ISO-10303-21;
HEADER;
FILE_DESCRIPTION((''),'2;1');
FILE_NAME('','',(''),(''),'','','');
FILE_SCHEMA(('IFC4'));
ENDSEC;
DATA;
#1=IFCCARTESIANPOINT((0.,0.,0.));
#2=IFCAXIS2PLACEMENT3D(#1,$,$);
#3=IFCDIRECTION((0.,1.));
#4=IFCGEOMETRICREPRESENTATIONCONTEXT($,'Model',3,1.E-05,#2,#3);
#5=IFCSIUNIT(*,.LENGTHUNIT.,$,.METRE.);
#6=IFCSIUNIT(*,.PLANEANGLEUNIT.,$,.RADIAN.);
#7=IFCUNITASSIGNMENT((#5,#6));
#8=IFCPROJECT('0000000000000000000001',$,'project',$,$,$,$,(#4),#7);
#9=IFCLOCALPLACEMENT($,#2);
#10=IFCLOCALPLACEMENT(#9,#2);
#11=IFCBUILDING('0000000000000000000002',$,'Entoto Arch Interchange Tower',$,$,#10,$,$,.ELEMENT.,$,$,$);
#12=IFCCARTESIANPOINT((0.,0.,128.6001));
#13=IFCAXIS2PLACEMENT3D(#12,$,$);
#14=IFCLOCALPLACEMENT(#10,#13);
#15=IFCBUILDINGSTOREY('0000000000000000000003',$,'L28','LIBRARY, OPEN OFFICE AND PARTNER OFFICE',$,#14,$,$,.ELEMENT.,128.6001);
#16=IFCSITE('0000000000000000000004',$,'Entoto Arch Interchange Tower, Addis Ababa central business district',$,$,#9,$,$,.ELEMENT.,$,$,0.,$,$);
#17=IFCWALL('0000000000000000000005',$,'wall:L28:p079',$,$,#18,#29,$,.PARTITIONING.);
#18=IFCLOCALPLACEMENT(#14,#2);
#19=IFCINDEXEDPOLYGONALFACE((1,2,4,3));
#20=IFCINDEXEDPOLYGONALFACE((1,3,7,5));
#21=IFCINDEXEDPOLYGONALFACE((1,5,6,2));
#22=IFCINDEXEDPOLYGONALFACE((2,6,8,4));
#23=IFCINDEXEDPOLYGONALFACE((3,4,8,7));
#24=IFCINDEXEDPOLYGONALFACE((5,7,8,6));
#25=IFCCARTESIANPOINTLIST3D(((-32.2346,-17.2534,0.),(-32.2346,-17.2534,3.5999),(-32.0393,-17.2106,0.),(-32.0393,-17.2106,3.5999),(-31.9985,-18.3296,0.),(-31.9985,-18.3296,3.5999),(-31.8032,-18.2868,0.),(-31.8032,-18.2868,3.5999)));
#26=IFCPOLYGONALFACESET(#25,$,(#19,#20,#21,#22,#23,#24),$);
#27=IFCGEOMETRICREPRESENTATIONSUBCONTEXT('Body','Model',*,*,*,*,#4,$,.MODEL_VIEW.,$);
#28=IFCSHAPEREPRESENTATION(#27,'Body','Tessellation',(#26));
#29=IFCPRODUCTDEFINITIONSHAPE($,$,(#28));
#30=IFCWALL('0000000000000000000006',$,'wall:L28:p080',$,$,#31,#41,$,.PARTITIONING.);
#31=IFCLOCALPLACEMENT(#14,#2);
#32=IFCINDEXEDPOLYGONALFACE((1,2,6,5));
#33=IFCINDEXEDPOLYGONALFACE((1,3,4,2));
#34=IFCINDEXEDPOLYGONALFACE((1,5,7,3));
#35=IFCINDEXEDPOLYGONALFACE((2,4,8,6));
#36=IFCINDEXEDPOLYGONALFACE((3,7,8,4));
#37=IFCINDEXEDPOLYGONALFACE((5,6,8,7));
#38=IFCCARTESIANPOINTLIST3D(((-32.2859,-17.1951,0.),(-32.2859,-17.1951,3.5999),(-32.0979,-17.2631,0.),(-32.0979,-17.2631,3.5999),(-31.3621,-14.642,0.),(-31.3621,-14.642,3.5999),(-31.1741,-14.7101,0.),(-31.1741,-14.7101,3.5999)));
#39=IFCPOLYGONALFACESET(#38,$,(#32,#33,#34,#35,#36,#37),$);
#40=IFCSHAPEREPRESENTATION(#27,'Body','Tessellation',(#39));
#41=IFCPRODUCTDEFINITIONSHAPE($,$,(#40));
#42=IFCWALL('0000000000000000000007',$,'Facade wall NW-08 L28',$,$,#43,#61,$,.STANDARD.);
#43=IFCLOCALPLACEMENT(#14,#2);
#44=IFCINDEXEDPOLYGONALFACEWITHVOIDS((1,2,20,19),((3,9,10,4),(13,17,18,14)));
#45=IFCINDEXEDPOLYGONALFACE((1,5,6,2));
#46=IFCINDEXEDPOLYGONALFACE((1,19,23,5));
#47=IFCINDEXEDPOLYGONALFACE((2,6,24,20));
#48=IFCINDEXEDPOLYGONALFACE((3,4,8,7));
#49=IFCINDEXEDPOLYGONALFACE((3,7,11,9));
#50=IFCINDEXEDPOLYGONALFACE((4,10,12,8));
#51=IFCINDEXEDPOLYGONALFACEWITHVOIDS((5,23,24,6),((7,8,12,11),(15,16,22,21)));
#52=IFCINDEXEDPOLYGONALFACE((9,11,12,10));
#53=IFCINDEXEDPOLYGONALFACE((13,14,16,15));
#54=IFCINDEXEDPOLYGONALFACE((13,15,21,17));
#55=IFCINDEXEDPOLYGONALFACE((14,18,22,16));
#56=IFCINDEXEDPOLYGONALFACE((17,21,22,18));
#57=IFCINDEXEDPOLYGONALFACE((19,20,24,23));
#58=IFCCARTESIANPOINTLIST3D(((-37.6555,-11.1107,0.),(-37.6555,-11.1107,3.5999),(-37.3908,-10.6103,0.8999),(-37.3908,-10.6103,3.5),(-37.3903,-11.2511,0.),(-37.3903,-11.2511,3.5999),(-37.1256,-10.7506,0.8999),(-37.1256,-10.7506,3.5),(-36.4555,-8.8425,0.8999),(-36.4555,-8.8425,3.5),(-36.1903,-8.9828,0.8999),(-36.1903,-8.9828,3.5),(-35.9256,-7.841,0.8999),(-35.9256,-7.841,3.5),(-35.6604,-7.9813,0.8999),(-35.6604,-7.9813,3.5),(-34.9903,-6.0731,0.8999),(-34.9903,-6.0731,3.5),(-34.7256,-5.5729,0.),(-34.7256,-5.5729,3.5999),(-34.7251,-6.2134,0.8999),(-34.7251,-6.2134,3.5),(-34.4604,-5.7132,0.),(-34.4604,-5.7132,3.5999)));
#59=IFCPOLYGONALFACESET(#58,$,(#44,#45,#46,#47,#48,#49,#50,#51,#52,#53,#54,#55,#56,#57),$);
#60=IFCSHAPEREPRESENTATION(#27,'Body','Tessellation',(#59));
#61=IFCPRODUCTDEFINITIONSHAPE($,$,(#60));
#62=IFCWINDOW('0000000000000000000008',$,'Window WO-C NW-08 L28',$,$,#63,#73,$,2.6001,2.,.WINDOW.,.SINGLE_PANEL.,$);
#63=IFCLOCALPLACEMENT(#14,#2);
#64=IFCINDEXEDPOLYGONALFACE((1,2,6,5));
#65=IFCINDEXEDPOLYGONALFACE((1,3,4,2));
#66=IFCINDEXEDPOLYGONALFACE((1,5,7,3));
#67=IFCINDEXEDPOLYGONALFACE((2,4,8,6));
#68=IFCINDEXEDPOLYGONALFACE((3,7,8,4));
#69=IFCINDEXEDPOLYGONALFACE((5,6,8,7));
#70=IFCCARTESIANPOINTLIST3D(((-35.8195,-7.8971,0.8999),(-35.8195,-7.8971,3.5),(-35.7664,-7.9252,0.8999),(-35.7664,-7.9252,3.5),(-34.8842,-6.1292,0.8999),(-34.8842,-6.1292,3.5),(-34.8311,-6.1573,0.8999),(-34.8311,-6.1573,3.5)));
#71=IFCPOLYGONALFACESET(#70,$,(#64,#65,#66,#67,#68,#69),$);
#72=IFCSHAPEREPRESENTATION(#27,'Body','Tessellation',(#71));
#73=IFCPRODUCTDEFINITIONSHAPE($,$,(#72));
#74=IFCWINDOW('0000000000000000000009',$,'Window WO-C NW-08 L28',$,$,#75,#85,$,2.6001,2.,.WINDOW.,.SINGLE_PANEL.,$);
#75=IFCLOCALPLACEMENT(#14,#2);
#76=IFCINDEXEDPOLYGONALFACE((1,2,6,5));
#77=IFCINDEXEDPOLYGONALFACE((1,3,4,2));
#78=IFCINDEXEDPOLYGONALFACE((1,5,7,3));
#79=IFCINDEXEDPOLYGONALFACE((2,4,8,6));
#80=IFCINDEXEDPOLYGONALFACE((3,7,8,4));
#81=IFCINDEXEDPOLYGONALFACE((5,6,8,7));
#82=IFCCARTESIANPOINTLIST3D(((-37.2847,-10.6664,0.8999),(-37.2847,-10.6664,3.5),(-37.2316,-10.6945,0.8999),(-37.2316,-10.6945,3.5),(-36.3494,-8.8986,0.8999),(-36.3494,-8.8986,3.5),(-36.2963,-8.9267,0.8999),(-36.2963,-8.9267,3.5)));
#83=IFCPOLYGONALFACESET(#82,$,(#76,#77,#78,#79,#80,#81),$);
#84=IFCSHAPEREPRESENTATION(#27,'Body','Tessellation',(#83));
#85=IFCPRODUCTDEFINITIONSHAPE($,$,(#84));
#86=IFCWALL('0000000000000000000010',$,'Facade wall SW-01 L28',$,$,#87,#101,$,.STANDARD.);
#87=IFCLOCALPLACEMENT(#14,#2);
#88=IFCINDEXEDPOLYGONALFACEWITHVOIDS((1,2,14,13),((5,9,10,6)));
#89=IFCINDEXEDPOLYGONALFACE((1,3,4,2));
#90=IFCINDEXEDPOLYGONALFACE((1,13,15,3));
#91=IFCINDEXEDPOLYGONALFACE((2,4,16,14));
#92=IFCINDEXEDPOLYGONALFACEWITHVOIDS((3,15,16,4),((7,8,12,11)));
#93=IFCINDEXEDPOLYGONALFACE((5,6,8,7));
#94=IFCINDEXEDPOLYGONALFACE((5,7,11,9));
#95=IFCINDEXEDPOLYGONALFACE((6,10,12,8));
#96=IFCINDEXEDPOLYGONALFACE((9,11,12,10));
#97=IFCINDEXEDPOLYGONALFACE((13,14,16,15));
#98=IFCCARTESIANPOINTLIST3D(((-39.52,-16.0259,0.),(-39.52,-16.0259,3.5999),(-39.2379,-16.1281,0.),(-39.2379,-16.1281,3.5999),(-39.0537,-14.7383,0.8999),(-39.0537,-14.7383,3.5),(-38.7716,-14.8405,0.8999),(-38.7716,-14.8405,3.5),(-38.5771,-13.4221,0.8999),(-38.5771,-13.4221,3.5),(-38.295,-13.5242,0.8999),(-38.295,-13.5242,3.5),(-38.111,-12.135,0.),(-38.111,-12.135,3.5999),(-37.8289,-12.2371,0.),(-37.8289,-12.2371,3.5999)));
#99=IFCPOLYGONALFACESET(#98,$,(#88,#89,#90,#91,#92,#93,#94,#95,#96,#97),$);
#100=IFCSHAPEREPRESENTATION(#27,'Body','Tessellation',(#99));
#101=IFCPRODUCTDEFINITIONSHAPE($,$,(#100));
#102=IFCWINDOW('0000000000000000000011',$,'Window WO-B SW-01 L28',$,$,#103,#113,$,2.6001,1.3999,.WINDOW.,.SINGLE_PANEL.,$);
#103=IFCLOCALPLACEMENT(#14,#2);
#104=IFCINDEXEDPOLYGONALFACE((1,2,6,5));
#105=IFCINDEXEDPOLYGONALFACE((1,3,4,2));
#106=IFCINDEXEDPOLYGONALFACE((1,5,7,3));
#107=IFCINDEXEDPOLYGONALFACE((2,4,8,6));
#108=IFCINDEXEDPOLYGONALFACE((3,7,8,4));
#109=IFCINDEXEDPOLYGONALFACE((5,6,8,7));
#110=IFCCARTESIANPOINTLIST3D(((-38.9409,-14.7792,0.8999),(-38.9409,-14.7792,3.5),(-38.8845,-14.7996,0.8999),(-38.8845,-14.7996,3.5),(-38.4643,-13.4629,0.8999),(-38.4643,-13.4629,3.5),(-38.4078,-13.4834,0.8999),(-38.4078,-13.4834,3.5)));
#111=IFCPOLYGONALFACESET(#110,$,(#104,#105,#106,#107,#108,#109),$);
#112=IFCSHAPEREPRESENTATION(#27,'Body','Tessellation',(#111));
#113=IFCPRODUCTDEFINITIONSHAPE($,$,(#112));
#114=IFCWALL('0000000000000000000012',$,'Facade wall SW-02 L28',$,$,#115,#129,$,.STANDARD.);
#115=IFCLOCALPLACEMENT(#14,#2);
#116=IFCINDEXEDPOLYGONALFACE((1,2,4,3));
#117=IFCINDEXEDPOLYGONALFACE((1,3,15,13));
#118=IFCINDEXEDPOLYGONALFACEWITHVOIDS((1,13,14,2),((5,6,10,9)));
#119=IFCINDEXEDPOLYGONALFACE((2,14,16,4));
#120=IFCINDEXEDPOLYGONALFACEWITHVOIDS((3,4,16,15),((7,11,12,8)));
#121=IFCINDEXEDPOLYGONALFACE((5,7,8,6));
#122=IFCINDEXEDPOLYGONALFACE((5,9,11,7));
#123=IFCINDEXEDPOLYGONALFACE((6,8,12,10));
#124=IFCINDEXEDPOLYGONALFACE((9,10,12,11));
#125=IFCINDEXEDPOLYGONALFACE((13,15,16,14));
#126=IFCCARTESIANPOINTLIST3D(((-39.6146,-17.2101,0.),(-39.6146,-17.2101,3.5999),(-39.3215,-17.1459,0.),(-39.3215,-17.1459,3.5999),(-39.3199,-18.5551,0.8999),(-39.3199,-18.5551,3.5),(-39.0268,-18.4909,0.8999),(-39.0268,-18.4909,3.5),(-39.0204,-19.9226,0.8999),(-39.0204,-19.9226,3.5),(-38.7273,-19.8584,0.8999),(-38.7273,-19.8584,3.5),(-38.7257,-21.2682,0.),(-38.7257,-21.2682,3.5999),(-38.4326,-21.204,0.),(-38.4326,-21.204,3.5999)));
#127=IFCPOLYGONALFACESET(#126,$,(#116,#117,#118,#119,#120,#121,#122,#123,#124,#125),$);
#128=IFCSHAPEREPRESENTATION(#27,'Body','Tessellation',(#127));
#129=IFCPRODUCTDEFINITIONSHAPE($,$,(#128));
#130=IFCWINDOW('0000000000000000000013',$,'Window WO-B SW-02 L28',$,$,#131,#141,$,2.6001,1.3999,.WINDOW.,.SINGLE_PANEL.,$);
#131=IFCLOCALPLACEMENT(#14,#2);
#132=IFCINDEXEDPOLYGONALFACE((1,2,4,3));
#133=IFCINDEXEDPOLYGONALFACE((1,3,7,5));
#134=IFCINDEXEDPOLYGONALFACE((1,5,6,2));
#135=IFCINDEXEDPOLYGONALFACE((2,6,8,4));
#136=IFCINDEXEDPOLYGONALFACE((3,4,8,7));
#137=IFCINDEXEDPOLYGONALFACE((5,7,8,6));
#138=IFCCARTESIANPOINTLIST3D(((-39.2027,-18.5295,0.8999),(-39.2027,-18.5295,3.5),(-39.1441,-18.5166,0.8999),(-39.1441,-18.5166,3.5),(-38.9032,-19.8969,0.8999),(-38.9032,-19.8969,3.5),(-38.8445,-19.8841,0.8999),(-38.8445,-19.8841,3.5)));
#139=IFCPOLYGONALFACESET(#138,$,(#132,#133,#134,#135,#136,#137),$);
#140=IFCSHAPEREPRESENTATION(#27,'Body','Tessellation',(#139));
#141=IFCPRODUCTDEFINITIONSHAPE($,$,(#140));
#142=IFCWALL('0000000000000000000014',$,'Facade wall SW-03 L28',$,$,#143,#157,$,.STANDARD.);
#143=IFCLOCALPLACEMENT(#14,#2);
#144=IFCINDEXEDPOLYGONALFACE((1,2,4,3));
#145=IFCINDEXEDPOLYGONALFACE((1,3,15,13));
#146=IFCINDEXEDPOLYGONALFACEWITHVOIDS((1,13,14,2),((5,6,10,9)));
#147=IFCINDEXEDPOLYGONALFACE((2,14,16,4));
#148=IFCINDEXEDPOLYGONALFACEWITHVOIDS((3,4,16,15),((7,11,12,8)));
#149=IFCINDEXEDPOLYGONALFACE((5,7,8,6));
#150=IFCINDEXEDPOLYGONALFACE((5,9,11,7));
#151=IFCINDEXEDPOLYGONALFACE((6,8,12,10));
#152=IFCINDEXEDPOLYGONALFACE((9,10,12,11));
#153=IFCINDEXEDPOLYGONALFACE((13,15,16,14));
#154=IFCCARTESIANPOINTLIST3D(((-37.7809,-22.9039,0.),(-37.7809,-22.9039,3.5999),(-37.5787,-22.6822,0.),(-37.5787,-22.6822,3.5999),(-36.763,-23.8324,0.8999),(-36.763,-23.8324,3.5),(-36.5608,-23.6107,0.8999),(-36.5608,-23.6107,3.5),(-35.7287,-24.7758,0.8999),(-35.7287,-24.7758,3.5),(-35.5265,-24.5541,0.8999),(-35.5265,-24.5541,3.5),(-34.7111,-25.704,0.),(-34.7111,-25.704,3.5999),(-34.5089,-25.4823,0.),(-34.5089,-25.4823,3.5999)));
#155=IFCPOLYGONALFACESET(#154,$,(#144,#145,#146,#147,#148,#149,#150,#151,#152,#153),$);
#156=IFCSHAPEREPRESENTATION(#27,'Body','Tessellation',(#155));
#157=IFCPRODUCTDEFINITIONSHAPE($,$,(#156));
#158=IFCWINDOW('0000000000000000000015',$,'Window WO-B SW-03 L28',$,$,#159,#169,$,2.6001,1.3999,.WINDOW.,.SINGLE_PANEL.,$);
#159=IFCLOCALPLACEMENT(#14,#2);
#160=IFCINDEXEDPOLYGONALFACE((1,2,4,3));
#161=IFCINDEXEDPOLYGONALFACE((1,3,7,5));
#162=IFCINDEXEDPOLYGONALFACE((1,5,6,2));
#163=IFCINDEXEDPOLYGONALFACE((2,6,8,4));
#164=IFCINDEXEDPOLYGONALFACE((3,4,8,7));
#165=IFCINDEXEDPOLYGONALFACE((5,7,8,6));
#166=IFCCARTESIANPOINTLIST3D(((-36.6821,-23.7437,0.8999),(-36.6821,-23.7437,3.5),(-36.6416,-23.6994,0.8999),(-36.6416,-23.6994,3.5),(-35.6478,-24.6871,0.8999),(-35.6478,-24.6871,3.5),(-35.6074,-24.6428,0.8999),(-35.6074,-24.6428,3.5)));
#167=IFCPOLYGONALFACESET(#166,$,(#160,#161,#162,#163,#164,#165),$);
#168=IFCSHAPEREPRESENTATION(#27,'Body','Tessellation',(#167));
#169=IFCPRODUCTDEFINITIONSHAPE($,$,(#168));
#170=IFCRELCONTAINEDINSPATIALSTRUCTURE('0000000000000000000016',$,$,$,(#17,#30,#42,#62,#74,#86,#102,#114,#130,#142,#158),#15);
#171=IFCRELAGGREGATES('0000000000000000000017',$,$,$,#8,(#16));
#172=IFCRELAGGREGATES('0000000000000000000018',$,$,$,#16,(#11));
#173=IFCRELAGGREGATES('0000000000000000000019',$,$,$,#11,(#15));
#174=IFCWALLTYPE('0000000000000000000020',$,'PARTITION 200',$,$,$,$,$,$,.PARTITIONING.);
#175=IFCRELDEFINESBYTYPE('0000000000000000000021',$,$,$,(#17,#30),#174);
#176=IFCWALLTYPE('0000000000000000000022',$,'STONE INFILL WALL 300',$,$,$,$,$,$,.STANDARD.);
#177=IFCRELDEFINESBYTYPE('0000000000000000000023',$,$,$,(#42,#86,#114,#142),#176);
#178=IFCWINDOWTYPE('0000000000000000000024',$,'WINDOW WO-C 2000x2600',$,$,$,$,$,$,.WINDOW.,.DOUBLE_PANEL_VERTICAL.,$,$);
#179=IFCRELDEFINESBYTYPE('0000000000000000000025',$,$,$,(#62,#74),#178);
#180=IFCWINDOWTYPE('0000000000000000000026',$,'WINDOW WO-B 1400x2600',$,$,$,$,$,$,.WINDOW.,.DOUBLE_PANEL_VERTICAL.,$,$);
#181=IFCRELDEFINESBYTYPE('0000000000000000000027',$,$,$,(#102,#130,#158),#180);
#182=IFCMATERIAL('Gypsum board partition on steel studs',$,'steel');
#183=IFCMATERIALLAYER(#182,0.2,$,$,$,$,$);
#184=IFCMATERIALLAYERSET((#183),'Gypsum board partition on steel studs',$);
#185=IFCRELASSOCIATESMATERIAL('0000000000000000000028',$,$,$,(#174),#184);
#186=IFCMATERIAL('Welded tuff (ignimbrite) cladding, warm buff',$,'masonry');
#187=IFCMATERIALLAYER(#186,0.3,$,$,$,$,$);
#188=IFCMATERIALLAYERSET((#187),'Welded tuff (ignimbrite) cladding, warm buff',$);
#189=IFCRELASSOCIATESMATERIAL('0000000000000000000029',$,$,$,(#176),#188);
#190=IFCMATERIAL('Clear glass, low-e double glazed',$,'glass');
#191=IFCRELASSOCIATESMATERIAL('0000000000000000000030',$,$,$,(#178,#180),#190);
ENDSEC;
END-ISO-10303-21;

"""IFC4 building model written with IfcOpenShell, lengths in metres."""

from ifc_helpers import new_model, si_unit, direction, frame, frame_2d, origin, place, context, subcontext, project, spatial, rectangle, extrude, material, layer, layer_set, type_object, element, fill, save


model = new_model("IFC4")

# Units and contexts
model_context = context("Model", 3, precision=1e-05, world=origin(), true_north=direction((0.0, 1.0)))
body_context = subcontext(model_context, "Body", "Model", "MODEL_VIEW")
ifc_project = project(units=[si_unit("LENGTHUNIT", "METRE"), si_unit("PLANEANGLEUNIT", "RADIAN")], contexts=[model_context])

# Site, building, storey
site_placement = place(None, origin())
site = spatial("IfcSite", under=ifc_project, at=site_placement, Name="Entoto Arch Interchange Tower, Addis Ababa central business district", CompositionType="ELEMENT", RefElevation=0.0)
building_placement = place(site_placement, origin())
building = spatial("IfcBuilding", under=site, at=building_placement, Name="Entoto Arch Interchange Tower", CompositionType="ELEMENT")
storey_placement = place(building_placement, frame((0.0, 0.0, 128.6001)))
storey = spatial("IfcBuildingStorey", under=building, at=storey_placement, Name="L28", Description="LIBRARY, OPEN OFFICE AND PARTNER OFFICE", CompositionType="ELEMENT", Elevation=128.6001)

# Shared definitions
ifc_material_1 = material(Name="Gypsum board partition on steel studs", Category="steel")
ifc_layer_1 = layer(ifc_material_1, 0.2)
ifc_layer_set_1 = layer_set([ifc_layer_1], Name="Gypsum board partition on steel studs")
wall_type_1 = type_object("IfcWallType", Name="PARTITION 200", PredefinedType="PARTITIONING", material=ifc_layer_set_1)

# Walls
wall_1_placement = place(storey_placement, frame((-31.9009, -18.3081, 0.0), z_axis=(0.0, 0.0, 1.0), x_axis=(-0.214278, 0.976773, 0.0)))
element("IfcWall", 1, at=wall_1_placement, inside=storey, type_object=wall_type_1, Name="wall:L28:p079", PredefinedType="PARTITIONING", context=body_context, shape_type="SweptSolid", body=[
    extrude(rectangle(XDim=1.1018, YDim=0.2, at=frame_2d((0.5508, 0.0))), origin(), (0.0, 0.0, 1.0), 3.5999),
])
wall_2_placement = place(storey_placement, frame((-32.1919, -17.229, 0.0), z_axis=(0.0, 0.0, 1.0), x_axis=(0.34027, 0.940328, 0.0)))
element("IfcWall", 2, at=wall_2_placement, inside=storey, type_object=wall_type_1, Name="wall:L28:p080", PredefinedType="PARTITIONING", context=body_context, shape_type="SweptSolid", body=[
    extrude(rectangle(XDim=2.7151, YDim=0.2, at=frame_2d((1.3574, 0.0))), origin(), (0.0, 0.0, 1.0), 3.5999),
])

# Wall, openings, windows
ifc_material_2 = material(Name="Welded tuff (ignimbrite) cladding, warm buff", Category="masonry")
ifc_layer_2 = layer(ifc_material_2, 0.3)
ifc_layer_set_2 = layer_set([ifc_layer_2], Name="Welded tuff (ignimbrite) cladding, warm buff")
wall_type_2 = type_object("IfcWallType", Name="STONE INFILL WALL 300", PredefinedType="STANDARD", material=ifc_layer_set_2)
wall_3_placement = place(storey_placement, frame((-34.593, -5.6431, 0.0), z_axis=(0.0, 0.0, 1.0), x_axis=(-0.467655, -0.883911, 0.0)))
wall_3 = element("IfcWall", 3, at=wall_3_placement, inside=storey, type_object=wall_type_2, Name="Facade wall NW-08 L28", PredefinedType="STANDARD", context=body_context, shape_type="SweptSolid", body=[
    extrude(rectangle(XDim=6.2651, YDim=0.3, at=frame_2d((3.1326, 0.0))), origin(), (0.0, 0.0, 1.0), 3.5999),
])
opening_1_placement = place(wall_3_placement, frame((0.5659, 0.0, 0.8999)))
opening_1 = element("IfcOpeningElement", 4, at=opening_1_placement, cuts=wall_3, PredefinedType="OPENING", context=body_context, shape_type="SweptSolid", body=[
    extrude(rectangle(XDim=2.0, YDim=2.6001, at=frame_2d((1.0, 1.3))), frame((0.0, 0.1602, 0.0), z_axis=(0.0, -1.0, 0.0), x_axis=(1.0, 0.0, 0.0)), (0.0, 0.0, 1.0), 0.3201),
])
opening_2_placement = place(wall_3_placement, frame((3.699, 0.0, 0.8999)))
opening_2 = element("IfcOpeningElement", 5, at=opening_2_placement, cuts=wall_3, PredefinedType="OPENING", context=body_context, shape_type="SweptSolid", body=[
    extrude(rectangle(XDim=2.0, YDim=2.6001, at=frame_2d((1.0, 1.3))), frame((0.0, 0.1602, 0.0), z_axis=(0.0, -1.0, 0.0), x_axis=(1.0, 0.0, 0.0)), (0.0, 0.0, 1.0), 0.3201),
])
ifc_material_3 = material(Name="Clear glass, low-e double glazed", Category="glass")
window_type_1 = type_object("IfcWindowType", Name="WINDOW WO-C 2000x2600", PartitioningType="DOUBLE_PANEL_VERTICAL", PredefinedType="WINDOW", material=ifc_material_3)
window_1_placement = place(opening_1_placement, origin())
window_1 = element("IfcWindow", 6, at=window_1_placement, inside=storey, type_object=window_type_1, Name="Window WO-C NW-08 L28", OverallHeight=2.6001, OverallWidth=2.0, PartitioningType="SINGLE_PANEL", PredefinedType="WINDOW", context=body_context, shape_type="SweptSolid", body=[
    extrude(rectangle(XDim=2.0, YDim=2.6001, at=frame_2d((1.0, 1.3))), frame((0.0, 0.03, 0.0), z_axis=(0.0, -1.0, 0.0), x_axis=(1.0, 0.0, 0.0)), (0.0, 0.0, 1.0), 0.0601),
])
fill(opening_1, window_1)
window_2_placement = place(opening_2_placement, origin())
window_2 = element("IfcWindow", 7, at=window_2_placement, inside=storey, type_object=window_type_1, Name="Window WO-C NW-08 L28", OverallHeight=2.6001, OverallWidth=2.0, PartitioningType="SINGLE_PANEL", PredefinedType="WINDOW", context=body_context, shape_type="SweptSolid", body=[
    extrude(rectangle(XDim=2.0, YDim=2.6001, at=frame_2d((1.0, 1.3))), frame((0.0, 0.03, 0.0), z_axis=(0.0, -1.0, 0.0), x_axis=(1.0, 0.0, 0.0)), (0.0, 0.0, 1.0), 0.0601),
])
fill(opening_2, window_2)

# Walls, openings, windows
wall_4_placement = place(storey_placement, frame((-37.97, -12.186, 0.0), z_axis=(0.0, 0.0, 1.0), x_axis=(-0.340478, -0.940252, 0.0)))
wall_4 = element("IfcWall", 8, at=wall_4_placement, inside=storey, type_object=wall_type_2, Name="Facade wall SW-01 L28", PredefinedType="STANDARD", context=body_context, shape_type="SweptSolid", body=[
    extrude(rectangle(XDim=4.1382, YDim=0.3, at=frame_2d((2.0691, 0.0))), origin(), (0.0, 0.0, 1.0), 3.5999),
])
opening_3_placement = place(wall_4_placement, frame((1.3689, 0.0, 0.8999)))
opening_3 = element("IfcOpeningElement", 9, at=opening_3_placement, cuts=wall_4, PredefinedType="OPENING", context=body_context, shape_type="SweptSolid", body=[
    extrude(rectangle(XDim=1.3999, YDim=2.6001, at=frame_2d((0.7, 1.3))), frame((0.0, 0.1602, 0.0), z_axis=(0.0, -1.0, 0.0), x_axis=(1.0, 0.0, 0.0)), (0.0, 0.0, 1.0), 0.3201),
])
window_type_2 = type_object("IfcWindowType", Name="WINDOW WO-B 1400x2600", PartitioningType="DOUBLE_PANEL_VERTICAL", PredefinedType="WINDOW", material=ifc_material_3)
window_3_placement = place(opening_3_placement, origin())
window_3 = element("IfcWindow", 10, at=window_3_placement, inside=storey, type_object=window_type_2, Name="Window WO-B SW-01 L28", OverallHeight=2.6001, OverallWidth=1.3999, PartitioningType="SINGLE_PANEL", PredefinedType="WINDOW", context=body_context, shape_type="SweptSolid", body=[
    extrude(rectangle(XDim=1.3999, YDim=2.6001, at=frame_2d((0.7, 1.3))), frame((0.0, 0.03, 0.0), z_axis=(0.0, -1.0, 0.0), x_axis=(1.0, 0.0, 0.0)), (0.0, 0.0, 1.0), 0.0601),
])
fill(opening_3, window_3)
wall_5_placement = place(storey_placement, frame((-39.468, -17.178, 0.0), z_axis=(0.0, 0.0, 1.0), x_axis=(0.213974, -0.976839, 0.0)))
wall_5 = element("IfcWall", 11, at=wall_5_placement, inside=storey, type_object=wall_type_2, Name="Facade wall SW-02 L28", PredefinedType="STANDARD", context=body_context, shape_type="SweptSolid", body=[
    extrude(rectangle(XDim=4.1543, YDim=0.3, at=frame_2d((2.0771, 0.0))), origin(), (0.0, 0.0, 1.0), 3.5999),
])
opening_4_placement = place(wall_5_placement, frame((1.377, 0.0, 0.8999)))
opening_4 = element("IfcOpeningElement", 12, at=opening_4_placement, cuts=wall_5, PredefinedType="OPENING", context=body_context, shape_type="SweptSolid", body=[
    extrude(rectangle(XDim=1.3999, YDim=2.6001, at=frame_2d((0.7, 1.3))), frame((0.0, 0.1602, 0.0), z_axis=(0.0, -1.0, 0.0), x_axis=(1.0, 0.0, 0.0)), (0.0, 0.0, 1.0), 0.3201),
])
window_4_placement = place(opening_4_placement, origin())
window_4 = element("IfcWindow", 13, at=window_4_placement, inside=storey, type_object=window_type_2, Name="Window WO-B SW-02 L28", OverallHeight=2.6001, OverallWidth=1.3999, PartitioningType="SINGLE_PANEL", PredefinedType="WINDOW", context=body_context, shape_type="SweptSolid", body=[
    extrude(rectangle(XDim=1.3999, YDim=2.6001, at=frame_2d((0.7, 1.3))), frame((0.0, 0.03, 0.0), z_axis=(0.0, -1.0, 0.0), x_axis=(1.0, 0.0, 0.0)), (0.0, 0.0, 1.0), 0.0601),
])
fill(opening_4, window_4)
wall_6_placement = place(storey_placement, frame((-37.6799, -22.793, 0.0), z_axis=(0.0, 0.0, 1.0), x_axis=(0.738825, -0.673897, 0.0)))
wall_6 = element("IfcWall", 14, at=wall_6_placement, inside=storey, type_object=wall_type_2, Name="Facade wall SW-03 L28", PredefinedType="STANDARD", context=body_context, shape_type="SweptSolid", body=[
    extrude(rectangle(XDim=4.155, YDim=0.3, at=frame_2d((2.0776, 0.0))), origin(), (0.0, 0.0, 1.0), 3.5999),
])
opening_5_placement = place(wall_6_placement, frame((1.3779, 0.0, 0.8999)))
opening_5 = element("IfcOpeningElement", 15, at=opening_5_placement, cuts=wall_6, PredefinedType="OPENING", context=body_context, shape_type="SweptSolid", body=[
    extrude(rectangle(XDim=1.3999, YDim=2.6001, at=frame_2d((0.7, 1.3))), frame((0.0, 0.1602, 0.0), z_axis=(0.0, -1.0, 0.0), x_axis=(1.0, 0.0, 0.0)), (0.0, 0.0, 1.0), 0.3201),
])
window_5_placement = place(opening_5_placement, origin())
window_5 = element("IfcWindow", 16, at=window_5_placement, inside=storey, type_object=window_type_2, Name="Window WO-B SW-03 L28", OverallHeight=2.6001, OverallWidth=1.3999, PartitioningType="SINGLE_PANEL", PredefinedType="WINDOW", context=body_context, shape_type="SweptSolid", body=[
    extrude(rectangle(XDim=1.3999, YDim=2.6001, at=frame_2d((0.7, 1.3))), frame((0.0, 0.03, 0.0), z_axis=(0.0, -1.0, 0.0), x_axis=(1.0, 0.0, 0.0)), (0.0, 0.0, 1.0), 0.0601),
])
fill(opening_5, window_5)

save(model, "model.ifc")
